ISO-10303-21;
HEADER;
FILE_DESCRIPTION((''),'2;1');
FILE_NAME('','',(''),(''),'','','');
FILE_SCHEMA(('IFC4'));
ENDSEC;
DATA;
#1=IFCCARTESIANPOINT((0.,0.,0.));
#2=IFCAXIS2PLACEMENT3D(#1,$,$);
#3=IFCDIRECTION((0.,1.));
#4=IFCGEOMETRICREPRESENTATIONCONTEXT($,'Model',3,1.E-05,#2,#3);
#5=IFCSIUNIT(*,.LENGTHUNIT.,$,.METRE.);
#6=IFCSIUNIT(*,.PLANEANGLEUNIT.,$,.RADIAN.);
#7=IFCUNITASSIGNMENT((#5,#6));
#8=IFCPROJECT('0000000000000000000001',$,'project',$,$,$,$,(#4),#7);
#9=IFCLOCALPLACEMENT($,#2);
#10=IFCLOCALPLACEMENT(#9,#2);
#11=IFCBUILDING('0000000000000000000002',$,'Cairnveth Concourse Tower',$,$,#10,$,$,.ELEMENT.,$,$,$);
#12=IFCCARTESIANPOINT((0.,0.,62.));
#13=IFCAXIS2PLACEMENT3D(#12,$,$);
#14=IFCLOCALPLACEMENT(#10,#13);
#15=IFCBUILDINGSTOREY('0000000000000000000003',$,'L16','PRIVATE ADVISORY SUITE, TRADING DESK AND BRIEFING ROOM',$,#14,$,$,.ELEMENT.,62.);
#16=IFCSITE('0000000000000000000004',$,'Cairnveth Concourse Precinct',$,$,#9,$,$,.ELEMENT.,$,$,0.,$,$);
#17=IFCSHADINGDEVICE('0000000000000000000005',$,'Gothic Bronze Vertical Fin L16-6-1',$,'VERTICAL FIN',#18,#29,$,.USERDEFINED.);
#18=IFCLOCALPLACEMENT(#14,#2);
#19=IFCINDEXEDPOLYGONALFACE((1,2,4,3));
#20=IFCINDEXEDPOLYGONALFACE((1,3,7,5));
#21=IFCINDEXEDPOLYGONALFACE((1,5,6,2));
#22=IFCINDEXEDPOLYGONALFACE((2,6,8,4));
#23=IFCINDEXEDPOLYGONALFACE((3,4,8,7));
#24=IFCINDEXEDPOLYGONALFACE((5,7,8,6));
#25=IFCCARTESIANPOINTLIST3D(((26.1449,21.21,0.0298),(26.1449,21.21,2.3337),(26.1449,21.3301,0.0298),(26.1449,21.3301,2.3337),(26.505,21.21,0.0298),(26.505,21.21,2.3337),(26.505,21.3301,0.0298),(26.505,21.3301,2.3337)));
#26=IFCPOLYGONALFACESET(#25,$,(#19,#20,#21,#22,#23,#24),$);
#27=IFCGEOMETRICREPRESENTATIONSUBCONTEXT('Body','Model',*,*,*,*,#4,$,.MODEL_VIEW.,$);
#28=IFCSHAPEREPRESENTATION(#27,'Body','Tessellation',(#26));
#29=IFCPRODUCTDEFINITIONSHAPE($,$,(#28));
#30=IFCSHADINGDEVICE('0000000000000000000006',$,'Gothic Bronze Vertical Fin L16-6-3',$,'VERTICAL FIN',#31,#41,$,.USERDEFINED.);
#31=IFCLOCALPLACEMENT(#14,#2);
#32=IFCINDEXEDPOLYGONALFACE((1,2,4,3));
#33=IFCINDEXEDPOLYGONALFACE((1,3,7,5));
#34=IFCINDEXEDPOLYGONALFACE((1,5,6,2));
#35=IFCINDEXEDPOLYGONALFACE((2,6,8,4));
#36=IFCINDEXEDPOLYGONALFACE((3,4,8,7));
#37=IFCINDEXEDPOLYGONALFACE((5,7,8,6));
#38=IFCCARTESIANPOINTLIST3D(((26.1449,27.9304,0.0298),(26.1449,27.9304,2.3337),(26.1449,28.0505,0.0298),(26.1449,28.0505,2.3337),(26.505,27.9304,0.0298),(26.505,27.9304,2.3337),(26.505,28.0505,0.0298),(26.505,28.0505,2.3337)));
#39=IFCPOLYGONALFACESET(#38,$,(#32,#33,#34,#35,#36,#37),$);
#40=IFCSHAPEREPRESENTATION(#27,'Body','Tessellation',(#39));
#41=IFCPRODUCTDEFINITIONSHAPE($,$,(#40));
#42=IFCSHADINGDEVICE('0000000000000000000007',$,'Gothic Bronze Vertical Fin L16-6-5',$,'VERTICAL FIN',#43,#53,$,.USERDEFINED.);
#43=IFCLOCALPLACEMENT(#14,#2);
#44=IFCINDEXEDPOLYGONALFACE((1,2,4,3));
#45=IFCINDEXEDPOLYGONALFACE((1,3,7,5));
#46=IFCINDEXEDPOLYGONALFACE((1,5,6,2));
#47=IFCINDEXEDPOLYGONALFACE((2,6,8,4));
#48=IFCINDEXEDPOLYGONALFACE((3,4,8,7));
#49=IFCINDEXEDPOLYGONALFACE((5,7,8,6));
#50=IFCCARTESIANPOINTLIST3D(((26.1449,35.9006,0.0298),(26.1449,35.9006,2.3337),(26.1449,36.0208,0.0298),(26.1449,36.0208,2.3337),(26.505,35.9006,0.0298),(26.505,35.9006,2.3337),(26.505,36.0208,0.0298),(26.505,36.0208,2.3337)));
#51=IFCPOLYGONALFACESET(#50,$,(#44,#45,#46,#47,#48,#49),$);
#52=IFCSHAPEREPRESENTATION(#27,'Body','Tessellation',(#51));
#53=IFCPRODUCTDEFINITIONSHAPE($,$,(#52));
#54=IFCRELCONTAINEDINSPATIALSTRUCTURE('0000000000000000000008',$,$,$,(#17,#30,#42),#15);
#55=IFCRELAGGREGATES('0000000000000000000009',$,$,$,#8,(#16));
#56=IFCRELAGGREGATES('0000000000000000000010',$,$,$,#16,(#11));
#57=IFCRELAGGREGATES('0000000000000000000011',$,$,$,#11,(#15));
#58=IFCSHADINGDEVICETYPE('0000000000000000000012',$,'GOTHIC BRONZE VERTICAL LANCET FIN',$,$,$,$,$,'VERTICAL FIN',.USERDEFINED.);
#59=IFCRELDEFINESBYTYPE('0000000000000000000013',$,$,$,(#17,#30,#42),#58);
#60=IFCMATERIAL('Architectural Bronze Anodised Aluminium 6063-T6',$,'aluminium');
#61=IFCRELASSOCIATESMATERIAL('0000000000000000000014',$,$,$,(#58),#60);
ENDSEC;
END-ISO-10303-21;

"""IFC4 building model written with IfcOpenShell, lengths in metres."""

from ifc_helpers import new_model, si_unit, direction, frame, origin, origin_2d, place, context, subcontext, project, spatial, rectangle, extrude, material, type_object, element, save


model = new_model("IFC4")

# Units and contexts
model_context = context("Model", 3, precision=1e-05, world=origin(), true_north=direction((0.0, 1.0)))
body_context = subcontext(model_context, "Body", "Model", "MODEL_VIEW")
ifc_project = project(units=[si_unit("LENGTHUNIT", "METRE"), si_unit("PLANEANGLEUNIT", "RADIAN")], contexts=[model_context])

# Site, building, storey
site_placement = place(None, origin())
site = spatial("IfcSite", under=ifc_project, at=site_placement, Name="Cairnveth Concourse Precinct", CompositionType="ELEMENT", RefElevation=0.0)
building_placement = place(site_placement, origin())
building = spatial("IfcBuilding", under=site, at=building_placement, Name="Cairnveth Concourse Tower", CompositionType="ELEMENT")
storey_placement = place(building_placement, frame((0.0, 0.0, 62.0)))
storey = spatial("IfcBuildingStorey", under=building, at=storey_placement, Name="L16", Description="PRIVATE ADVISORY SUITE, TRADING DESK AND BRIEFING ROOM", CompositionType="ELEMENT", Elevation=62.0)

# Shading devices
ifc_material_1 = material(Name="Architectural Bronze Anodised Aluminium 6063-T6", Category="aluminium")
shading_device_type = type_object("IfcShadingDeviceType", Name="GOTHIC BRONZE VERTICAL LANCET FIN", ElementType="VERTICAL FIN", PredefinedType="USERDEFINED", material=ifc_material_1)
for number, where, z_axis, x_axis, name in (
    (1, (26.325, 21.27, 0.0298), (0.0, 0.0, 1.0), (0.0, 1.0, 0.0), "Gothic Bronze Vertical Fin L16-6-1"),
    (2, (26.325, 27.9905, 0.0298), (0.0, 0.0, 1.0), (0.0, 1.0, 0.0), "Gothic Bronze Vertical Fin L16-6-3"),
    (3, (26.325, 35.9607, 0.0298), (0.0, 0.0, 1.0), (0.0, 1.0, 0.0), "Gothic Bronze Vertical Fin L16-6-5"),
):
    element("IfcShadingDevice", number, at=place(storey_placement, frame(where, z_axis=z_axis, x_axis=x_axis)), inside=storey, type_object=shading_device_type, Name=name, ObjectType="VERTICAL FIN", PredefinedType="USERDEFINED", context=body_context, shape_type="SweptSolid", body=[
        extrude(rectangle(XDim=0.1201, YDim=0.3601, at=origin_2d()), origin(), (0.0, 0.0, 1.0), 2.304),
    ])

save(model, "model.ifc")
